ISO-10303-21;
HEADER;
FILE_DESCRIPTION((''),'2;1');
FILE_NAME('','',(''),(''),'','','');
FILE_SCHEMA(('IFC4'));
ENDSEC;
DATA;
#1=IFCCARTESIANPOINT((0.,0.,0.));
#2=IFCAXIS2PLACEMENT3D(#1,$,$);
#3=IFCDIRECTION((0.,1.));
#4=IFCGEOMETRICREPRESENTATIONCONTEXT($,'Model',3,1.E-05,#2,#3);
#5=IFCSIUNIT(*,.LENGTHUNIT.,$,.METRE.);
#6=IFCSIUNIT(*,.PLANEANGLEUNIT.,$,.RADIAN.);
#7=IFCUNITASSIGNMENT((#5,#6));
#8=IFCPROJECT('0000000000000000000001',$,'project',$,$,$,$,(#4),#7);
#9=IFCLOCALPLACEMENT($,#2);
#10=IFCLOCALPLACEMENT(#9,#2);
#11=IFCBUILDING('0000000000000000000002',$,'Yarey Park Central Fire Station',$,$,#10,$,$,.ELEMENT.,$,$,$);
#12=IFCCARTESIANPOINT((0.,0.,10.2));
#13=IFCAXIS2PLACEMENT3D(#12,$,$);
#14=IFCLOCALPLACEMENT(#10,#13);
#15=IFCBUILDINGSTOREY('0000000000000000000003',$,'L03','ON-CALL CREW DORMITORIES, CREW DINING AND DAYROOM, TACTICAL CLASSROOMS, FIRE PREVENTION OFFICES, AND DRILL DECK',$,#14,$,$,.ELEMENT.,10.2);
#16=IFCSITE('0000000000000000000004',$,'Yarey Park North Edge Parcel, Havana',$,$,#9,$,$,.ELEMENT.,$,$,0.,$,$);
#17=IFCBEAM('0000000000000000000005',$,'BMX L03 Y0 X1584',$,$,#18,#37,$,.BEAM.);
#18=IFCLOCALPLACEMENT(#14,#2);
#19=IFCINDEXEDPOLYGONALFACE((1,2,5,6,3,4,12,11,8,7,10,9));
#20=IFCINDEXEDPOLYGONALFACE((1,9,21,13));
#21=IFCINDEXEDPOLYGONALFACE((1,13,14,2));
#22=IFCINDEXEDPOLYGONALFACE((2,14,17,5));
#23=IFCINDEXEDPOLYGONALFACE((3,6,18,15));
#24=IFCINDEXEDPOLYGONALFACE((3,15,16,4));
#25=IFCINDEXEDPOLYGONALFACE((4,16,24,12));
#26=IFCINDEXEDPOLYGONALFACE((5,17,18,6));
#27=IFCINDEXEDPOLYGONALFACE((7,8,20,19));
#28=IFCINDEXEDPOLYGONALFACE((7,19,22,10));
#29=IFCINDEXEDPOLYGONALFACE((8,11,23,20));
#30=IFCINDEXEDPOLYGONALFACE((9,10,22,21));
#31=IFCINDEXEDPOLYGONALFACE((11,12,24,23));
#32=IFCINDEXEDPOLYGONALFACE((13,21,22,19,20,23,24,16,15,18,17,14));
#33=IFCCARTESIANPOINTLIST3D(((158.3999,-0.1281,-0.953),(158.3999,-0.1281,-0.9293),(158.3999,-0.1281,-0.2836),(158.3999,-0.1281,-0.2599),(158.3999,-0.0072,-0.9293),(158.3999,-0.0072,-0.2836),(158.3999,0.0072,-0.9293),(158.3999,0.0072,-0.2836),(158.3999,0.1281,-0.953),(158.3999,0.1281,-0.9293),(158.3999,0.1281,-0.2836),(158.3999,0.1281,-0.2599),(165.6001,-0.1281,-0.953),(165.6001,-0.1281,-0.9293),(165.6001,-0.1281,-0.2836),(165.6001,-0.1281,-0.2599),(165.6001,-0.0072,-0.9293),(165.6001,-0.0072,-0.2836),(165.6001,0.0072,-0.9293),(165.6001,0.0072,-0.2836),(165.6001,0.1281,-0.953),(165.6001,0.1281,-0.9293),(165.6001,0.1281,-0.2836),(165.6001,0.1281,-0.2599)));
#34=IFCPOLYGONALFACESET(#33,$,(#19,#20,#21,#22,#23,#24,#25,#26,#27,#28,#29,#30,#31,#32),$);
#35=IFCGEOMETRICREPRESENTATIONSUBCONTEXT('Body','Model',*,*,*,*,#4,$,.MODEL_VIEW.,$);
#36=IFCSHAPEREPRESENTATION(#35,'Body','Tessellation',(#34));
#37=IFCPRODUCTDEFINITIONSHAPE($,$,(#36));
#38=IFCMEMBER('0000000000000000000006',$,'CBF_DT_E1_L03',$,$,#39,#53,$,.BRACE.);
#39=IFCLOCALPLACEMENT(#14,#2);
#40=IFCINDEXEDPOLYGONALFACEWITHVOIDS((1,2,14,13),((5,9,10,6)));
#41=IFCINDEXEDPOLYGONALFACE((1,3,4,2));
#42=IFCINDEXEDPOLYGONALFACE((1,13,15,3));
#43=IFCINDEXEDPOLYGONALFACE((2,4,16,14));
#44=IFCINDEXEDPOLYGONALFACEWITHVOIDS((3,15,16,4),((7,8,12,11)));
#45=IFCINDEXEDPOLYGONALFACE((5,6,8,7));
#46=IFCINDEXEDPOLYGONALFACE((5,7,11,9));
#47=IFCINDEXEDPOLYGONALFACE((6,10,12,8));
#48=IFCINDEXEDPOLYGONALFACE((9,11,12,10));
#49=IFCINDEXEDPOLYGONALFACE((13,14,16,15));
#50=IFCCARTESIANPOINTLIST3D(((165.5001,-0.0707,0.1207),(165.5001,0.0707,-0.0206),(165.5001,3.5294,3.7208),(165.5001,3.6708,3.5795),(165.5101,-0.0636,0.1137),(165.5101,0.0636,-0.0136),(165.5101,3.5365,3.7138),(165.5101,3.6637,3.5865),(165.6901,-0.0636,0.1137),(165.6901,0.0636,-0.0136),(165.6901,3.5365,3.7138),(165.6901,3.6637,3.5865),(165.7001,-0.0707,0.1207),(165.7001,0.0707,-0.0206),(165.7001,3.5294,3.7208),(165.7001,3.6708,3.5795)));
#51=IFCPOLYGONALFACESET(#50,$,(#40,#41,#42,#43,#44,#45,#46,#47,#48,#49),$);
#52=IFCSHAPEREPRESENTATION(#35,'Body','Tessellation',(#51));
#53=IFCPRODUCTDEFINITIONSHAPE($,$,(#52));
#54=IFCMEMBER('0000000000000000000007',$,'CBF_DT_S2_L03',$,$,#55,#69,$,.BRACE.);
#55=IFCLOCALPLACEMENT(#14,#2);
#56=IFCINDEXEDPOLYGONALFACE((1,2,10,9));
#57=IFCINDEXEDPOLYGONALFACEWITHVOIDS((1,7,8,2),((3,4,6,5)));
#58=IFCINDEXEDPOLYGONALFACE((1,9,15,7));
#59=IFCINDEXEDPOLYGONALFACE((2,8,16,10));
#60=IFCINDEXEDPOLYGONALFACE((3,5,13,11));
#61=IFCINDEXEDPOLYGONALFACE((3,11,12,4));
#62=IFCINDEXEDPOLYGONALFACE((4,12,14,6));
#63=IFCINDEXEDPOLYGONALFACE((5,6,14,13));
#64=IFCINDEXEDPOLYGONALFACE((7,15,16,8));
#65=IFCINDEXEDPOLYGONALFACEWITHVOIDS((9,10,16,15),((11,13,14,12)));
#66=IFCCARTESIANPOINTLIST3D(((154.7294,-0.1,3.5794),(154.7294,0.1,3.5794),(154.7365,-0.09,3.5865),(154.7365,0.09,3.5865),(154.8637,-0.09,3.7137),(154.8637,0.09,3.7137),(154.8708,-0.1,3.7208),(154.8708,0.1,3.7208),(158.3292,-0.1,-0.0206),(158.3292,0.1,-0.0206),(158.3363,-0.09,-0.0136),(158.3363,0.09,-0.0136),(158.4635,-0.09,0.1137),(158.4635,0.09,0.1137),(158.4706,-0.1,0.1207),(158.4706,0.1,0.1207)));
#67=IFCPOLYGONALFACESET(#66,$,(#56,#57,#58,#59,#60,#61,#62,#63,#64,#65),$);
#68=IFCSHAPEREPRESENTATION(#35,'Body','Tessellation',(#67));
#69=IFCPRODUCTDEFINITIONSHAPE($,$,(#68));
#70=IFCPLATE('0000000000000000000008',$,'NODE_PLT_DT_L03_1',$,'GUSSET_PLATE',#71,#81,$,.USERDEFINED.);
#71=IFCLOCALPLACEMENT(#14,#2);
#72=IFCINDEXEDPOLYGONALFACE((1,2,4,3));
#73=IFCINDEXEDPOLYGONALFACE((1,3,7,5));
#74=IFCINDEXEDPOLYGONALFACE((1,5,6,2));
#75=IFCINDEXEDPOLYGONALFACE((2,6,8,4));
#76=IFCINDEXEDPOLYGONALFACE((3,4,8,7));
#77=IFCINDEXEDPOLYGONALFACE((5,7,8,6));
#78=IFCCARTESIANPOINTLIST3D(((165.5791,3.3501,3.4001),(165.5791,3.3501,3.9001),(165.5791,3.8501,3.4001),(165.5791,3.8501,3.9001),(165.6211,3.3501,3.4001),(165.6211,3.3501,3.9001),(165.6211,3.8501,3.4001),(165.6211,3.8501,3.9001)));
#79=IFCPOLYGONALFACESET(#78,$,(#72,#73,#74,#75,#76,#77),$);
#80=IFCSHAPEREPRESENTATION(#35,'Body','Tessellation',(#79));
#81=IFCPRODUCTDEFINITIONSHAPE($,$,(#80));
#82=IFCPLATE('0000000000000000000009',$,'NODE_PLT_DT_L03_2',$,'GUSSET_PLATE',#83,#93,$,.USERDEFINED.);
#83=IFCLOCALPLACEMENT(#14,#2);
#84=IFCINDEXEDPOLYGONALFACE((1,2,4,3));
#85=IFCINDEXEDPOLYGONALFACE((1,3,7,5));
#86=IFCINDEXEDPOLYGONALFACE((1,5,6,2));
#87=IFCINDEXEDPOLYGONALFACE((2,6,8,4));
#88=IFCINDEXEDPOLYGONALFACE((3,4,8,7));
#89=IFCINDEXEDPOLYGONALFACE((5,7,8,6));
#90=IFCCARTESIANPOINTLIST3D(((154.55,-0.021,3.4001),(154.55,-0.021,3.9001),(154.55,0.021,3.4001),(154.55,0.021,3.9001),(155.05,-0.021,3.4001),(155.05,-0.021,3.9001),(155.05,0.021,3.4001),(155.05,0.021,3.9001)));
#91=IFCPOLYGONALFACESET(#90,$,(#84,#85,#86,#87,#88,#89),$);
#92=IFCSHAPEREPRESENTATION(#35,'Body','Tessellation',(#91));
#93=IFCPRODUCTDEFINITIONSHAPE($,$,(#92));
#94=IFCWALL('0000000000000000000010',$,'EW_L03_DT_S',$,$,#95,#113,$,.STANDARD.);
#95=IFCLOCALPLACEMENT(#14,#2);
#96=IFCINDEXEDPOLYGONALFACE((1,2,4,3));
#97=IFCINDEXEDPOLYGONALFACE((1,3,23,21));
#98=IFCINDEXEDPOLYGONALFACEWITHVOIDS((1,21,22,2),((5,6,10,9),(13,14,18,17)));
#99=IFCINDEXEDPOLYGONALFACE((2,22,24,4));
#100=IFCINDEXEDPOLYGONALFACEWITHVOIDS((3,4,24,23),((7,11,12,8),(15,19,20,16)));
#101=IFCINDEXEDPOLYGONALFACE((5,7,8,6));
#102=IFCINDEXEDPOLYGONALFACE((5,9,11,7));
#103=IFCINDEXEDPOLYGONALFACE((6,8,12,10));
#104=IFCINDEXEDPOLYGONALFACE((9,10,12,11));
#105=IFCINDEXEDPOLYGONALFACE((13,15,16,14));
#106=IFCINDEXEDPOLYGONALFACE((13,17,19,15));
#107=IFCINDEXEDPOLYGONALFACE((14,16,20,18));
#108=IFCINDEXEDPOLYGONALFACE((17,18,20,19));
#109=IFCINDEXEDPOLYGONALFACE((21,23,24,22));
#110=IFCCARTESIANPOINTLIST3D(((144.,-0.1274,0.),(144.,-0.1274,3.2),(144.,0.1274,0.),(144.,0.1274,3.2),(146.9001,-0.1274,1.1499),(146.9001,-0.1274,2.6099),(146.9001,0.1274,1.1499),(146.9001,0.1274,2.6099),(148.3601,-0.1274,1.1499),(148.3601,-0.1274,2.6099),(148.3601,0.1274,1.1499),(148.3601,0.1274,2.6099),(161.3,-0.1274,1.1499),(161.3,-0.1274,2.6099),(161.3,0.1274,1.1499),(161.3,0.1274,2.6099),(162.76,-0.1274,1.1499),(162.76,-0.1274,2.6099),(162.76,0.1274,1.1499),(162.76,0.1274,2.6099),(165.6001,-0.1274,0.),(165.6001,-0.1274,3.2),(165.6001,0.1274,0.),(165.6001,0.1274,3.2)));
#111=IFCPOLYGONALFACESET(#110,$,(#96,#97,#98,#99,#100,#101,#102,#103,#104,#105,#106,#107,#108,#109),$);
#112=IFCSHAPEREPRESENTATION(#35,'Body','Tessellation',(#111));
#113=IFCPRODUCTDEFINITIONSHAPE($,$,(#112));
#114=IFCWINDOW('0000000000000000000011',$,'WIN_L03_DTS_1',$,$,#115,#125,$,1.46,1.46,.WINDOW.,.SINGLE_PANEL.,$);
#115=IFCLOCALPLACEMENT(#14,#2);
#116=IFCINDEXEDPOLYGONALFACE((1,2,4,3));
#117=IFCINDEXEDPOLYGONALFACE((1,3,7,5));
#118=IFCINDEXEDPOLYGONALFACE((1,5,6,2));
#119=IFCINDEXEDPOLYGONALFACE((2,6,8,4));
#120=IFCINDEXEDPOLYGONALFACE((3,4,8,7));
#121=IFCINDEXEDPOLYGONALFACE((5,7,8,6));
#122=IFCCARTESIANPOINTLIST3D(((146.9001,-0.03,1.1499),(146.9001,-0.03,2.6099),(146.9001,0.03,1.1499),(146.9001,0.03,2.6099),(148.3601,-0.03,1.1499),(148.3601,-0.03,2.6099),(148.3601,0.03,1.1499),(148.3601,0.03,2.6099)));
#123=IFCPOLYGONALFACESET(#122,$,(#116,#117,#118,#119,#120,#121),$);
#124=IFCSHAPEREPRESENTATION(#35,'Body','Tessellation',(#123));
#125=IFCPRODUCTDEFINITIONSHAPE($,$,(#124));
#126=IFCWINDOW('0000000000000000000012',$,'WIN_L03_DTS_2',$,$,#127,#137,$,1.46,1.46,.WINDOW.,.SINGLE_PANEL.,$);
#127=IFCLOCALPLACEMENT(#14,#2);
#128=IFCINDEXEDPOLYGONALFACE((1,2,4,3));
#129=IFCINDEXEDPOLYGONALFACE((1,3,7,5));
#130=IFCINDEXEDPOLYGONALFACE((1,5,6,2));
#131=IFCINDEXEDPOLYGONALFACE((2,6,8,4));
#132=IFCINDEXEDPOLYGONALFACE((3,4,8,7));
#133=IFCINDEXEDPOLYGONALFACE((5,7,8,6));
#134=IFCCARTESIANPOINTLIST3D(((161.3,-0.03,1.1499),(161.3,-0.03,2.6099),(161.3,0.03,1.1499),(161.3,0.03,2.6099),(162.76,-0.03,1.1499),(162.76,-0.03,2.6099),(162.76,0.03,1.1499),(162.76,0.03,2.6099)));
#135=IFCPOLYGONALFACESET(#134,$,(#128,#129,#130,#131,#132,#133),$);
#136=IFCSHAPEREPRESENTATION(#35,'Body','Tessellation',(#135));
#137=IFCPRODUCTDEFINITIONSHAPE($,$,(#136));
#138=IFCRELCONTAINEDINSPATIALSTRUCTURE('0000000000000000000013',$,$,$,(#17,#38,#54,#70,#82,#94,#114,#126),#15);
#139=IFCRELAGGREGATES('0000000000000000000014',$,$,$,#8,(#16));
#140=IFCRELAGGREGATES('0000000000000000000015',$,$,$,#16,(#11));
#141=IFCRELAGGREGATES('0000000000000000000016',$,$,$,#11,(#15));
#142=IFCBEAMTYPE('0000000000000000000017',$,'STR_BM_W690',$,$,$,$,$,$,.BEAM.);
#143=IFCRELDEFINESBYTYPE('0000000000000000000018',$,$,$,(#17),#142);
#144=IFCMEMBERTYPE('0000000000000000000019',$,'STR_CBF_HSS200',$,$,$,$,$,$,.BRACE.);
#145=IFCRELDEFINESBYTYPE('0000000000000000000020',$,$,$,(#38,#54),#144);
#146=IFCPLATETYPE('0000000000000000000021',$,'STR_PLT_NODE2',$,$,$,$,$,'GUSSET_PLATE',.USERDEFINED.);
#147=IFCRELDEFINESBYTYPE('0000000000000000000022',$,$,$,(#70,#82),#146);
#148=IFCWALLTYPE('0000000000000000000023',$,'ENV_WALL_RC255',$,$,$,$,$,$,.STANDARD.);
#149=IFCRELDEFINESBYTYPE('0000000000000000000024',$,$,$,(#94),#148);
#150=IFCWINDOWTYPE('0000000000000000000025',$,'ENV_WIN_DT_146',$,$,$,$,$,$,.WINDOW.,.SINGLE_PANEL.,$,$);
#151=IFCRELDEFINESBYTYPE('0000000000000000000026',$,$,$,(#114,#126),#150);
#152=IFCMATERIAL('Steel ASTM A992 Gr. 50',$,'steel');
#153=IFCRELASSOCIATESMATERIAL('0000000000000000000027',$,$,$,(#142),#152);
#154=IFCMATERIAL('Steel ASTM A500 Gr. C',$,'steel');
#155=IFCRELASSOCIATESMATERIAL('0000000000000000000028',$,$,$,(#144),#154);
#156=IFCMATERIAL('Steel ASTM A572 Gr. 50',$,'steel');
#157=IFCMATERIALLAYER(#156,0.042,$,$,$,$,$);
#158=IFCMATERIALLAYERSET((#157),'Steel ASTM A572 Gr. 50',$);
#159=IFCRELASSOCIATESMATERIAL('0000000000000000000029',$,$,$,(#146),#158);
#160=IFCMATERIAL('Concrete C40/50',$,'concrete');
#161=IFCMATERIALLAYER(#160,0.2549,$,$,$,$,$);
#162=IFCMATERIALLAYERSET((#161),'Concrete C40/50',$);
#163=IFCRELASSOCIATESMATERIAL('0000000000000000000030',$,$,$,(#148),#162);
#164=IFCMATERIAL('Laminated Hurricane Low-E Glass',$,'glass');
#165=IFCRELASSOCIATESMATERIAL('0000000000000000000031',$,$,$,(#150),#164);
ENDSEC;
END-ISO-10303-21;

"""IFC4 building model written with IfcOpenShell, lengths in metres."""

from ifc_helpers import new_model, si_unit, direction, frame, frame_2d, origin, origin_2d, place, context, subcontext, project, spatial, rectangle, hollow_rectangle, i_section, extrude, material, layer, layer_set, material_profile, profile_set, type_object, element, fill, save


model = new_model("IFC4")

# Units and contexts
model_context = context("Model", 3, precision=1e-05, world=origin(), true_north=direction((0.0, 1.0)))
body_context = subcontext(model_context, "Body", "Model", "MODEL_VIEW")
ifc_project = project(units=[si_unit("LENGTHUNIT", "METRE"), si_unit("PLANEANGLEUNIT", "RADIAN")], contexts=[model_context])

# Site, building, storey
site_placement = place(None, origin())
site = spatial("IfcSite", under=ifc_project, at=site_placement, Name="Yarey Park North Edge Parcel, Havana", CompositionType="ELEMENT", RefElevation=0.0)
building_placement = place(site_placement, origin())
building = spatial("IfcBuilding", under=site, at=building_placement, Name="Yarey Park Central Fire Station", CompositionType="ELEMENT")
storey_placement = place(building_placement, frame((0.0, 0.0, 10.2)))
storey = spatial("IfcBuildingStorey", under=building, at=storey_placement, Name="L03", Description="ON-CALL CREW DORMITORIES, CREW DINING AND DAYROOM, TACTICAL CLASSROOMS, FIRE PREVENTION OFFICES, AND DRILL DECK", CompositionType="ELEMENT", Elevation=10.2)

# Shared definitions
ifc_material_1 = material(Name="Steel ASTM A992 Gr. 50", Category="steel")

# Beam
ifc_material_profile_1 = material_profile(ifc_material_1, i_section(OverallWidth=0.2561, OverallDepth=0.6931, WebThickness=0.0144, FlangeThickness=0.0237, at=origin_2d()), Name="W690x170")
ifc_profile_set_1 = profile_set([ifc_material_profile_1], Name="Steel ASTM A992 Gr. 50")
beam_type_1 = type_object("IfcBeamType", Name="STR_BM_W690", PredefinedType="BEAM", material=ifc_profile_set_1)
beam_1_placement = place(storey_placement, frame((158.3999, 0.0, -0.6064), z_axis=(1.0, 0.0, 0.0), x_axis=(0.0, 1.0, 0.0)))
element("IfcBeam", 1, at=beam_1_placement, inside=storey, type_object=beam_type_1, Name="BMX L03 Y0 X1584", PredefinedType="BEAM", context=body_context, shape_type="SweptSolid", body=[
    extrude(i_section(OverallWidth=0.2561, OverallDepth=0.6931, WebThickness=0.0144, FlangeThickness=0.0237, at=origin_2d()), origin(), (0.0, 0.0, 1.0), 7.2002),
])

# Members
ifc_material_2 = material(Name="Steel ASTM A500 Gr. C", Category="steel")
ifc_material_profile_2 = material_profile(ifc_material_2, hollow_rectangle(XDim=0.2, YDim=0.2, WallThickness=0.01, at=origin_2d()), Name="HSS 200x200x10")
ifc_profile_set_2 = profile_set([ifc_material_profile_2], Name="Steel ASTM A500 Gr. C")
member_type = type_object("IfcMemberType", Name="STR_CBF_HSS200", PredefinedType="BRACE", material=ifc_profile_set_2)
member_1_placement = place(storey_placement, frame((165.6001, 0.0, 0.05), z_axis=(0.0, 0.707107, 0.707107), x_axis=(-1.0, 0.0, 0.0)))
element("IfcMember", 2, at=member_1_placement, inside=storey, type_object=member_type, Name="CBF_DT_E1_L03", PredefinedType="BRACE", context=body_context, shape_type="SweptSolid", body=[
    extrude(hollow_rectangle(XDim=0.2, YDim=0.2, WallThickness=0.01, at=origin_2d()), origin(), (0.0, 0.0, 1.0), 5.0913),
])
member_2_placement = place(storey_placement, frame((158.3999, 0.0, 0.05), z_axis=(-0.707083, 0.0, 0.707131), x_axis=(0.0, -1.0, 0.0)))
element("IfcMember", 3, at=member_2_placement, inside=storey, type_object=member_type, Name="CBF_DT_S2_L03", PredefinedType="BRACE", context=body_context, shape_type="SweptSolid", body=[
    extrude(hollow_rectangle(XDim=0.2, YDim=0.2, WallThickness=0.01, at=origin_2d()), origin(), (0.0, 0.0, 1.0), 5.0911),
])

# Plates
ifc_material_3 = material(Name="Steel ASTM A572 Gr. 50", Category="steel")
ifc_layer_1 = layer(ifc_material_3, 0.042)
ifc_layer_set_1 = layer_set([ifc_layer_1], Name="Steel ASTM A572 Gr. 50")
plate_type = type_object("IfcPlateType", Name="STR_PLT_NODE2", ElementType="GUSSET_PLATE", PredefinedType="USERDEFINED", material=ifc_layer_set_1)
plate_1_placement = place(storey_placement, frame((165.6001, 3.6001, 3.4001), z_axis=(0.0, 0.0, 1.0), x_axis=(1.0, 0.0, 0.0)))
element("IfcPlate", 4, at=plate_1_placement, inside=storey, type_object=plate_type, Name="NODE_PLT_DT_L03_1", ObjectType="GUSSET_PLATE", PredefinedType="USERDEFINED", context=body_context, shape_type="SweptSolid", body=[
    extrude(rectangle(XDim=0.042, YDim=0.5, at=origin_2d()), origin(), (0.0, 0.0, 1.0), 0.5),
])
plate_2_placement = place(storey_placement, frame((154.8, 0.0, 3.4001), z_axis=(0.0, 0.0, 1.0), x_axis=(1.0, 0.0, 0.0)))
element("IfcPlate", 5, at=plate_2_placement, inside=storey, type_object=plate_type, Name="NODE_PLT_DT_L03_2", ObjectType="GUSSET_PLATE", PredefinedType="USERDEFINED", context=body_context, shape_type="SweptSolid", body=[
    extrude(rectangle(XDim=0.5, YDim=0.042, at=origin_2d()), origin(), (0.0, 0.0, 1.0), 0.5),
])

# Wall, openings, windows
ifc_material_4 = material(Name="Concrete C40/50", Category="concrete")
ifc_layer_2 = layer(ifc_material_4, 0.2549)
ifc_layer_set_2 = layer_set([ifc_layer_2], Name="Concrete C40/50")
wall_type_1 = type_object("IfcWallType", Name="ENV_WALL_RC255", PredefinedType="STANDARD", material=ifc_layer_set_2)
wall_1_placement = place(storey_placement, frame((165.6001, 0.0, 0.0), z_axis=(0.0, 0.0, 1.0), x_axis=(-1.0, 0.0, 0.0)))
wall_1 = element("IfcWall", 6, at=wall_1_placement, inside=storey, type_object=wall_type_1, Name="EW_L03_DT_S", PredefinedType="STANDARD", context=body_context, shape_type="SweptSolid", body=[
    extrude(rectangle(XDim=21.6001, YDim=0.2549, at=frame_2d((10.8, 0.0))), origin(), (0.0, 0.0, 1.0), 3.2),
])
opening_1_placement = place(wall_1_placement, frame((17.24, 0.0, 1.1499)))
opening_1 = element("IfcOpeningElement", 7, at=opening_1_placement, cuts=wall_1, PredefinedType="OPENING", context=body_context, shape_type="SweptSolid", body=[
    extrude(rectangle(XDim=1.46, YDim=1.46, at=frame_2d((0.73, 0.73))), frame((0.0, 0.1375, 0.0), z_axis=(0.0, -1.0, 0.0), x_axis=(1.0, 0.0, 0.0)), (0.0, 0.0, 1.0), 0.2749),
])
opening_2_placement = place(wall_1_placement, frame((2.8401, 0.0, 1.1499)))
opening_2 = element("IfcOpeningElement", 8, at=opening_2_placement, cuts=wall_1, PredefinedType="OPENING", context=body_context, shape_type="SweptSolid", body=[
    extrude(rectangle(XDim=1.46, YDim=1.46, at=frame_2d((0.73, 0.73))), frame((0.0, 0.1375, 0.0), z_axis=(0.0, -1.0, 0.0), x_axis=(1.0, 0.0, 0.0)), (0.0, 0.0, 1.0), 0.2749),
])
ifc_material_5 = material(Name="Laminated Hurricane Low-E Glass", Category="glass")
window_type_1 = type_object("IfcWindowType", Name="ENV_WIN_DT_146", PartitioningType="SINGLE_PANEL", PredefinedType="WINDOW", material=ifc_material_5)
window_1_placement = place(opening_1_placement, origin())
window_1 = element("IfcWindow", 9, at=window_1_placement, inside=storey, type_object=window_type_1, Name="WIN_L03_DTS_1", OverallHeight=1.46, OverallWidth=1.46, PartitioningType="SINGLE_PANEL", PredefinedType="WINDOW", context=body_context, shape_type="SweptSolid", body=[
    extrude(rectangle(XDim=1.46, YDim=1.46, at=frame_2d((0.73, 0.73))), frame((0.0, 0.03, 0.0), z_axis=(0.0, -1.0, 0.0), x_axis=(1.0, 0.0, 0.0)), (0.0, 0.0, 1.0), 0.0601),
])
fill(opening_1, window_1)
window_2_placement = place(opening_2_placement, origin())
window_2 = element("IfcWindow", 10, at=window_2_placement, inside=storey, type_object=window_type_1, Name="WIN_L03_DTS_2", OverallHeight=1.46, OverallWidth=1.46, PartitioningType="SINGLE_PANEL", PredefinedType="WINDOW", context=body_context, shape_type="SweptSolid", body=[
    extrude(rectangle(XDim=1.46, YDim=1.46, at=frame_2d((0.73, 0.73))), frame((0.0, 0.03, 0.0), z_axis=(0.0, -1.0, 0.0), x_axis=(1.0, 0.0, 0.0)), (0.0, 0.0, 1.0), 0.0601),
])
fill(opening_2, window_2)

save(model, "model.ifc")
